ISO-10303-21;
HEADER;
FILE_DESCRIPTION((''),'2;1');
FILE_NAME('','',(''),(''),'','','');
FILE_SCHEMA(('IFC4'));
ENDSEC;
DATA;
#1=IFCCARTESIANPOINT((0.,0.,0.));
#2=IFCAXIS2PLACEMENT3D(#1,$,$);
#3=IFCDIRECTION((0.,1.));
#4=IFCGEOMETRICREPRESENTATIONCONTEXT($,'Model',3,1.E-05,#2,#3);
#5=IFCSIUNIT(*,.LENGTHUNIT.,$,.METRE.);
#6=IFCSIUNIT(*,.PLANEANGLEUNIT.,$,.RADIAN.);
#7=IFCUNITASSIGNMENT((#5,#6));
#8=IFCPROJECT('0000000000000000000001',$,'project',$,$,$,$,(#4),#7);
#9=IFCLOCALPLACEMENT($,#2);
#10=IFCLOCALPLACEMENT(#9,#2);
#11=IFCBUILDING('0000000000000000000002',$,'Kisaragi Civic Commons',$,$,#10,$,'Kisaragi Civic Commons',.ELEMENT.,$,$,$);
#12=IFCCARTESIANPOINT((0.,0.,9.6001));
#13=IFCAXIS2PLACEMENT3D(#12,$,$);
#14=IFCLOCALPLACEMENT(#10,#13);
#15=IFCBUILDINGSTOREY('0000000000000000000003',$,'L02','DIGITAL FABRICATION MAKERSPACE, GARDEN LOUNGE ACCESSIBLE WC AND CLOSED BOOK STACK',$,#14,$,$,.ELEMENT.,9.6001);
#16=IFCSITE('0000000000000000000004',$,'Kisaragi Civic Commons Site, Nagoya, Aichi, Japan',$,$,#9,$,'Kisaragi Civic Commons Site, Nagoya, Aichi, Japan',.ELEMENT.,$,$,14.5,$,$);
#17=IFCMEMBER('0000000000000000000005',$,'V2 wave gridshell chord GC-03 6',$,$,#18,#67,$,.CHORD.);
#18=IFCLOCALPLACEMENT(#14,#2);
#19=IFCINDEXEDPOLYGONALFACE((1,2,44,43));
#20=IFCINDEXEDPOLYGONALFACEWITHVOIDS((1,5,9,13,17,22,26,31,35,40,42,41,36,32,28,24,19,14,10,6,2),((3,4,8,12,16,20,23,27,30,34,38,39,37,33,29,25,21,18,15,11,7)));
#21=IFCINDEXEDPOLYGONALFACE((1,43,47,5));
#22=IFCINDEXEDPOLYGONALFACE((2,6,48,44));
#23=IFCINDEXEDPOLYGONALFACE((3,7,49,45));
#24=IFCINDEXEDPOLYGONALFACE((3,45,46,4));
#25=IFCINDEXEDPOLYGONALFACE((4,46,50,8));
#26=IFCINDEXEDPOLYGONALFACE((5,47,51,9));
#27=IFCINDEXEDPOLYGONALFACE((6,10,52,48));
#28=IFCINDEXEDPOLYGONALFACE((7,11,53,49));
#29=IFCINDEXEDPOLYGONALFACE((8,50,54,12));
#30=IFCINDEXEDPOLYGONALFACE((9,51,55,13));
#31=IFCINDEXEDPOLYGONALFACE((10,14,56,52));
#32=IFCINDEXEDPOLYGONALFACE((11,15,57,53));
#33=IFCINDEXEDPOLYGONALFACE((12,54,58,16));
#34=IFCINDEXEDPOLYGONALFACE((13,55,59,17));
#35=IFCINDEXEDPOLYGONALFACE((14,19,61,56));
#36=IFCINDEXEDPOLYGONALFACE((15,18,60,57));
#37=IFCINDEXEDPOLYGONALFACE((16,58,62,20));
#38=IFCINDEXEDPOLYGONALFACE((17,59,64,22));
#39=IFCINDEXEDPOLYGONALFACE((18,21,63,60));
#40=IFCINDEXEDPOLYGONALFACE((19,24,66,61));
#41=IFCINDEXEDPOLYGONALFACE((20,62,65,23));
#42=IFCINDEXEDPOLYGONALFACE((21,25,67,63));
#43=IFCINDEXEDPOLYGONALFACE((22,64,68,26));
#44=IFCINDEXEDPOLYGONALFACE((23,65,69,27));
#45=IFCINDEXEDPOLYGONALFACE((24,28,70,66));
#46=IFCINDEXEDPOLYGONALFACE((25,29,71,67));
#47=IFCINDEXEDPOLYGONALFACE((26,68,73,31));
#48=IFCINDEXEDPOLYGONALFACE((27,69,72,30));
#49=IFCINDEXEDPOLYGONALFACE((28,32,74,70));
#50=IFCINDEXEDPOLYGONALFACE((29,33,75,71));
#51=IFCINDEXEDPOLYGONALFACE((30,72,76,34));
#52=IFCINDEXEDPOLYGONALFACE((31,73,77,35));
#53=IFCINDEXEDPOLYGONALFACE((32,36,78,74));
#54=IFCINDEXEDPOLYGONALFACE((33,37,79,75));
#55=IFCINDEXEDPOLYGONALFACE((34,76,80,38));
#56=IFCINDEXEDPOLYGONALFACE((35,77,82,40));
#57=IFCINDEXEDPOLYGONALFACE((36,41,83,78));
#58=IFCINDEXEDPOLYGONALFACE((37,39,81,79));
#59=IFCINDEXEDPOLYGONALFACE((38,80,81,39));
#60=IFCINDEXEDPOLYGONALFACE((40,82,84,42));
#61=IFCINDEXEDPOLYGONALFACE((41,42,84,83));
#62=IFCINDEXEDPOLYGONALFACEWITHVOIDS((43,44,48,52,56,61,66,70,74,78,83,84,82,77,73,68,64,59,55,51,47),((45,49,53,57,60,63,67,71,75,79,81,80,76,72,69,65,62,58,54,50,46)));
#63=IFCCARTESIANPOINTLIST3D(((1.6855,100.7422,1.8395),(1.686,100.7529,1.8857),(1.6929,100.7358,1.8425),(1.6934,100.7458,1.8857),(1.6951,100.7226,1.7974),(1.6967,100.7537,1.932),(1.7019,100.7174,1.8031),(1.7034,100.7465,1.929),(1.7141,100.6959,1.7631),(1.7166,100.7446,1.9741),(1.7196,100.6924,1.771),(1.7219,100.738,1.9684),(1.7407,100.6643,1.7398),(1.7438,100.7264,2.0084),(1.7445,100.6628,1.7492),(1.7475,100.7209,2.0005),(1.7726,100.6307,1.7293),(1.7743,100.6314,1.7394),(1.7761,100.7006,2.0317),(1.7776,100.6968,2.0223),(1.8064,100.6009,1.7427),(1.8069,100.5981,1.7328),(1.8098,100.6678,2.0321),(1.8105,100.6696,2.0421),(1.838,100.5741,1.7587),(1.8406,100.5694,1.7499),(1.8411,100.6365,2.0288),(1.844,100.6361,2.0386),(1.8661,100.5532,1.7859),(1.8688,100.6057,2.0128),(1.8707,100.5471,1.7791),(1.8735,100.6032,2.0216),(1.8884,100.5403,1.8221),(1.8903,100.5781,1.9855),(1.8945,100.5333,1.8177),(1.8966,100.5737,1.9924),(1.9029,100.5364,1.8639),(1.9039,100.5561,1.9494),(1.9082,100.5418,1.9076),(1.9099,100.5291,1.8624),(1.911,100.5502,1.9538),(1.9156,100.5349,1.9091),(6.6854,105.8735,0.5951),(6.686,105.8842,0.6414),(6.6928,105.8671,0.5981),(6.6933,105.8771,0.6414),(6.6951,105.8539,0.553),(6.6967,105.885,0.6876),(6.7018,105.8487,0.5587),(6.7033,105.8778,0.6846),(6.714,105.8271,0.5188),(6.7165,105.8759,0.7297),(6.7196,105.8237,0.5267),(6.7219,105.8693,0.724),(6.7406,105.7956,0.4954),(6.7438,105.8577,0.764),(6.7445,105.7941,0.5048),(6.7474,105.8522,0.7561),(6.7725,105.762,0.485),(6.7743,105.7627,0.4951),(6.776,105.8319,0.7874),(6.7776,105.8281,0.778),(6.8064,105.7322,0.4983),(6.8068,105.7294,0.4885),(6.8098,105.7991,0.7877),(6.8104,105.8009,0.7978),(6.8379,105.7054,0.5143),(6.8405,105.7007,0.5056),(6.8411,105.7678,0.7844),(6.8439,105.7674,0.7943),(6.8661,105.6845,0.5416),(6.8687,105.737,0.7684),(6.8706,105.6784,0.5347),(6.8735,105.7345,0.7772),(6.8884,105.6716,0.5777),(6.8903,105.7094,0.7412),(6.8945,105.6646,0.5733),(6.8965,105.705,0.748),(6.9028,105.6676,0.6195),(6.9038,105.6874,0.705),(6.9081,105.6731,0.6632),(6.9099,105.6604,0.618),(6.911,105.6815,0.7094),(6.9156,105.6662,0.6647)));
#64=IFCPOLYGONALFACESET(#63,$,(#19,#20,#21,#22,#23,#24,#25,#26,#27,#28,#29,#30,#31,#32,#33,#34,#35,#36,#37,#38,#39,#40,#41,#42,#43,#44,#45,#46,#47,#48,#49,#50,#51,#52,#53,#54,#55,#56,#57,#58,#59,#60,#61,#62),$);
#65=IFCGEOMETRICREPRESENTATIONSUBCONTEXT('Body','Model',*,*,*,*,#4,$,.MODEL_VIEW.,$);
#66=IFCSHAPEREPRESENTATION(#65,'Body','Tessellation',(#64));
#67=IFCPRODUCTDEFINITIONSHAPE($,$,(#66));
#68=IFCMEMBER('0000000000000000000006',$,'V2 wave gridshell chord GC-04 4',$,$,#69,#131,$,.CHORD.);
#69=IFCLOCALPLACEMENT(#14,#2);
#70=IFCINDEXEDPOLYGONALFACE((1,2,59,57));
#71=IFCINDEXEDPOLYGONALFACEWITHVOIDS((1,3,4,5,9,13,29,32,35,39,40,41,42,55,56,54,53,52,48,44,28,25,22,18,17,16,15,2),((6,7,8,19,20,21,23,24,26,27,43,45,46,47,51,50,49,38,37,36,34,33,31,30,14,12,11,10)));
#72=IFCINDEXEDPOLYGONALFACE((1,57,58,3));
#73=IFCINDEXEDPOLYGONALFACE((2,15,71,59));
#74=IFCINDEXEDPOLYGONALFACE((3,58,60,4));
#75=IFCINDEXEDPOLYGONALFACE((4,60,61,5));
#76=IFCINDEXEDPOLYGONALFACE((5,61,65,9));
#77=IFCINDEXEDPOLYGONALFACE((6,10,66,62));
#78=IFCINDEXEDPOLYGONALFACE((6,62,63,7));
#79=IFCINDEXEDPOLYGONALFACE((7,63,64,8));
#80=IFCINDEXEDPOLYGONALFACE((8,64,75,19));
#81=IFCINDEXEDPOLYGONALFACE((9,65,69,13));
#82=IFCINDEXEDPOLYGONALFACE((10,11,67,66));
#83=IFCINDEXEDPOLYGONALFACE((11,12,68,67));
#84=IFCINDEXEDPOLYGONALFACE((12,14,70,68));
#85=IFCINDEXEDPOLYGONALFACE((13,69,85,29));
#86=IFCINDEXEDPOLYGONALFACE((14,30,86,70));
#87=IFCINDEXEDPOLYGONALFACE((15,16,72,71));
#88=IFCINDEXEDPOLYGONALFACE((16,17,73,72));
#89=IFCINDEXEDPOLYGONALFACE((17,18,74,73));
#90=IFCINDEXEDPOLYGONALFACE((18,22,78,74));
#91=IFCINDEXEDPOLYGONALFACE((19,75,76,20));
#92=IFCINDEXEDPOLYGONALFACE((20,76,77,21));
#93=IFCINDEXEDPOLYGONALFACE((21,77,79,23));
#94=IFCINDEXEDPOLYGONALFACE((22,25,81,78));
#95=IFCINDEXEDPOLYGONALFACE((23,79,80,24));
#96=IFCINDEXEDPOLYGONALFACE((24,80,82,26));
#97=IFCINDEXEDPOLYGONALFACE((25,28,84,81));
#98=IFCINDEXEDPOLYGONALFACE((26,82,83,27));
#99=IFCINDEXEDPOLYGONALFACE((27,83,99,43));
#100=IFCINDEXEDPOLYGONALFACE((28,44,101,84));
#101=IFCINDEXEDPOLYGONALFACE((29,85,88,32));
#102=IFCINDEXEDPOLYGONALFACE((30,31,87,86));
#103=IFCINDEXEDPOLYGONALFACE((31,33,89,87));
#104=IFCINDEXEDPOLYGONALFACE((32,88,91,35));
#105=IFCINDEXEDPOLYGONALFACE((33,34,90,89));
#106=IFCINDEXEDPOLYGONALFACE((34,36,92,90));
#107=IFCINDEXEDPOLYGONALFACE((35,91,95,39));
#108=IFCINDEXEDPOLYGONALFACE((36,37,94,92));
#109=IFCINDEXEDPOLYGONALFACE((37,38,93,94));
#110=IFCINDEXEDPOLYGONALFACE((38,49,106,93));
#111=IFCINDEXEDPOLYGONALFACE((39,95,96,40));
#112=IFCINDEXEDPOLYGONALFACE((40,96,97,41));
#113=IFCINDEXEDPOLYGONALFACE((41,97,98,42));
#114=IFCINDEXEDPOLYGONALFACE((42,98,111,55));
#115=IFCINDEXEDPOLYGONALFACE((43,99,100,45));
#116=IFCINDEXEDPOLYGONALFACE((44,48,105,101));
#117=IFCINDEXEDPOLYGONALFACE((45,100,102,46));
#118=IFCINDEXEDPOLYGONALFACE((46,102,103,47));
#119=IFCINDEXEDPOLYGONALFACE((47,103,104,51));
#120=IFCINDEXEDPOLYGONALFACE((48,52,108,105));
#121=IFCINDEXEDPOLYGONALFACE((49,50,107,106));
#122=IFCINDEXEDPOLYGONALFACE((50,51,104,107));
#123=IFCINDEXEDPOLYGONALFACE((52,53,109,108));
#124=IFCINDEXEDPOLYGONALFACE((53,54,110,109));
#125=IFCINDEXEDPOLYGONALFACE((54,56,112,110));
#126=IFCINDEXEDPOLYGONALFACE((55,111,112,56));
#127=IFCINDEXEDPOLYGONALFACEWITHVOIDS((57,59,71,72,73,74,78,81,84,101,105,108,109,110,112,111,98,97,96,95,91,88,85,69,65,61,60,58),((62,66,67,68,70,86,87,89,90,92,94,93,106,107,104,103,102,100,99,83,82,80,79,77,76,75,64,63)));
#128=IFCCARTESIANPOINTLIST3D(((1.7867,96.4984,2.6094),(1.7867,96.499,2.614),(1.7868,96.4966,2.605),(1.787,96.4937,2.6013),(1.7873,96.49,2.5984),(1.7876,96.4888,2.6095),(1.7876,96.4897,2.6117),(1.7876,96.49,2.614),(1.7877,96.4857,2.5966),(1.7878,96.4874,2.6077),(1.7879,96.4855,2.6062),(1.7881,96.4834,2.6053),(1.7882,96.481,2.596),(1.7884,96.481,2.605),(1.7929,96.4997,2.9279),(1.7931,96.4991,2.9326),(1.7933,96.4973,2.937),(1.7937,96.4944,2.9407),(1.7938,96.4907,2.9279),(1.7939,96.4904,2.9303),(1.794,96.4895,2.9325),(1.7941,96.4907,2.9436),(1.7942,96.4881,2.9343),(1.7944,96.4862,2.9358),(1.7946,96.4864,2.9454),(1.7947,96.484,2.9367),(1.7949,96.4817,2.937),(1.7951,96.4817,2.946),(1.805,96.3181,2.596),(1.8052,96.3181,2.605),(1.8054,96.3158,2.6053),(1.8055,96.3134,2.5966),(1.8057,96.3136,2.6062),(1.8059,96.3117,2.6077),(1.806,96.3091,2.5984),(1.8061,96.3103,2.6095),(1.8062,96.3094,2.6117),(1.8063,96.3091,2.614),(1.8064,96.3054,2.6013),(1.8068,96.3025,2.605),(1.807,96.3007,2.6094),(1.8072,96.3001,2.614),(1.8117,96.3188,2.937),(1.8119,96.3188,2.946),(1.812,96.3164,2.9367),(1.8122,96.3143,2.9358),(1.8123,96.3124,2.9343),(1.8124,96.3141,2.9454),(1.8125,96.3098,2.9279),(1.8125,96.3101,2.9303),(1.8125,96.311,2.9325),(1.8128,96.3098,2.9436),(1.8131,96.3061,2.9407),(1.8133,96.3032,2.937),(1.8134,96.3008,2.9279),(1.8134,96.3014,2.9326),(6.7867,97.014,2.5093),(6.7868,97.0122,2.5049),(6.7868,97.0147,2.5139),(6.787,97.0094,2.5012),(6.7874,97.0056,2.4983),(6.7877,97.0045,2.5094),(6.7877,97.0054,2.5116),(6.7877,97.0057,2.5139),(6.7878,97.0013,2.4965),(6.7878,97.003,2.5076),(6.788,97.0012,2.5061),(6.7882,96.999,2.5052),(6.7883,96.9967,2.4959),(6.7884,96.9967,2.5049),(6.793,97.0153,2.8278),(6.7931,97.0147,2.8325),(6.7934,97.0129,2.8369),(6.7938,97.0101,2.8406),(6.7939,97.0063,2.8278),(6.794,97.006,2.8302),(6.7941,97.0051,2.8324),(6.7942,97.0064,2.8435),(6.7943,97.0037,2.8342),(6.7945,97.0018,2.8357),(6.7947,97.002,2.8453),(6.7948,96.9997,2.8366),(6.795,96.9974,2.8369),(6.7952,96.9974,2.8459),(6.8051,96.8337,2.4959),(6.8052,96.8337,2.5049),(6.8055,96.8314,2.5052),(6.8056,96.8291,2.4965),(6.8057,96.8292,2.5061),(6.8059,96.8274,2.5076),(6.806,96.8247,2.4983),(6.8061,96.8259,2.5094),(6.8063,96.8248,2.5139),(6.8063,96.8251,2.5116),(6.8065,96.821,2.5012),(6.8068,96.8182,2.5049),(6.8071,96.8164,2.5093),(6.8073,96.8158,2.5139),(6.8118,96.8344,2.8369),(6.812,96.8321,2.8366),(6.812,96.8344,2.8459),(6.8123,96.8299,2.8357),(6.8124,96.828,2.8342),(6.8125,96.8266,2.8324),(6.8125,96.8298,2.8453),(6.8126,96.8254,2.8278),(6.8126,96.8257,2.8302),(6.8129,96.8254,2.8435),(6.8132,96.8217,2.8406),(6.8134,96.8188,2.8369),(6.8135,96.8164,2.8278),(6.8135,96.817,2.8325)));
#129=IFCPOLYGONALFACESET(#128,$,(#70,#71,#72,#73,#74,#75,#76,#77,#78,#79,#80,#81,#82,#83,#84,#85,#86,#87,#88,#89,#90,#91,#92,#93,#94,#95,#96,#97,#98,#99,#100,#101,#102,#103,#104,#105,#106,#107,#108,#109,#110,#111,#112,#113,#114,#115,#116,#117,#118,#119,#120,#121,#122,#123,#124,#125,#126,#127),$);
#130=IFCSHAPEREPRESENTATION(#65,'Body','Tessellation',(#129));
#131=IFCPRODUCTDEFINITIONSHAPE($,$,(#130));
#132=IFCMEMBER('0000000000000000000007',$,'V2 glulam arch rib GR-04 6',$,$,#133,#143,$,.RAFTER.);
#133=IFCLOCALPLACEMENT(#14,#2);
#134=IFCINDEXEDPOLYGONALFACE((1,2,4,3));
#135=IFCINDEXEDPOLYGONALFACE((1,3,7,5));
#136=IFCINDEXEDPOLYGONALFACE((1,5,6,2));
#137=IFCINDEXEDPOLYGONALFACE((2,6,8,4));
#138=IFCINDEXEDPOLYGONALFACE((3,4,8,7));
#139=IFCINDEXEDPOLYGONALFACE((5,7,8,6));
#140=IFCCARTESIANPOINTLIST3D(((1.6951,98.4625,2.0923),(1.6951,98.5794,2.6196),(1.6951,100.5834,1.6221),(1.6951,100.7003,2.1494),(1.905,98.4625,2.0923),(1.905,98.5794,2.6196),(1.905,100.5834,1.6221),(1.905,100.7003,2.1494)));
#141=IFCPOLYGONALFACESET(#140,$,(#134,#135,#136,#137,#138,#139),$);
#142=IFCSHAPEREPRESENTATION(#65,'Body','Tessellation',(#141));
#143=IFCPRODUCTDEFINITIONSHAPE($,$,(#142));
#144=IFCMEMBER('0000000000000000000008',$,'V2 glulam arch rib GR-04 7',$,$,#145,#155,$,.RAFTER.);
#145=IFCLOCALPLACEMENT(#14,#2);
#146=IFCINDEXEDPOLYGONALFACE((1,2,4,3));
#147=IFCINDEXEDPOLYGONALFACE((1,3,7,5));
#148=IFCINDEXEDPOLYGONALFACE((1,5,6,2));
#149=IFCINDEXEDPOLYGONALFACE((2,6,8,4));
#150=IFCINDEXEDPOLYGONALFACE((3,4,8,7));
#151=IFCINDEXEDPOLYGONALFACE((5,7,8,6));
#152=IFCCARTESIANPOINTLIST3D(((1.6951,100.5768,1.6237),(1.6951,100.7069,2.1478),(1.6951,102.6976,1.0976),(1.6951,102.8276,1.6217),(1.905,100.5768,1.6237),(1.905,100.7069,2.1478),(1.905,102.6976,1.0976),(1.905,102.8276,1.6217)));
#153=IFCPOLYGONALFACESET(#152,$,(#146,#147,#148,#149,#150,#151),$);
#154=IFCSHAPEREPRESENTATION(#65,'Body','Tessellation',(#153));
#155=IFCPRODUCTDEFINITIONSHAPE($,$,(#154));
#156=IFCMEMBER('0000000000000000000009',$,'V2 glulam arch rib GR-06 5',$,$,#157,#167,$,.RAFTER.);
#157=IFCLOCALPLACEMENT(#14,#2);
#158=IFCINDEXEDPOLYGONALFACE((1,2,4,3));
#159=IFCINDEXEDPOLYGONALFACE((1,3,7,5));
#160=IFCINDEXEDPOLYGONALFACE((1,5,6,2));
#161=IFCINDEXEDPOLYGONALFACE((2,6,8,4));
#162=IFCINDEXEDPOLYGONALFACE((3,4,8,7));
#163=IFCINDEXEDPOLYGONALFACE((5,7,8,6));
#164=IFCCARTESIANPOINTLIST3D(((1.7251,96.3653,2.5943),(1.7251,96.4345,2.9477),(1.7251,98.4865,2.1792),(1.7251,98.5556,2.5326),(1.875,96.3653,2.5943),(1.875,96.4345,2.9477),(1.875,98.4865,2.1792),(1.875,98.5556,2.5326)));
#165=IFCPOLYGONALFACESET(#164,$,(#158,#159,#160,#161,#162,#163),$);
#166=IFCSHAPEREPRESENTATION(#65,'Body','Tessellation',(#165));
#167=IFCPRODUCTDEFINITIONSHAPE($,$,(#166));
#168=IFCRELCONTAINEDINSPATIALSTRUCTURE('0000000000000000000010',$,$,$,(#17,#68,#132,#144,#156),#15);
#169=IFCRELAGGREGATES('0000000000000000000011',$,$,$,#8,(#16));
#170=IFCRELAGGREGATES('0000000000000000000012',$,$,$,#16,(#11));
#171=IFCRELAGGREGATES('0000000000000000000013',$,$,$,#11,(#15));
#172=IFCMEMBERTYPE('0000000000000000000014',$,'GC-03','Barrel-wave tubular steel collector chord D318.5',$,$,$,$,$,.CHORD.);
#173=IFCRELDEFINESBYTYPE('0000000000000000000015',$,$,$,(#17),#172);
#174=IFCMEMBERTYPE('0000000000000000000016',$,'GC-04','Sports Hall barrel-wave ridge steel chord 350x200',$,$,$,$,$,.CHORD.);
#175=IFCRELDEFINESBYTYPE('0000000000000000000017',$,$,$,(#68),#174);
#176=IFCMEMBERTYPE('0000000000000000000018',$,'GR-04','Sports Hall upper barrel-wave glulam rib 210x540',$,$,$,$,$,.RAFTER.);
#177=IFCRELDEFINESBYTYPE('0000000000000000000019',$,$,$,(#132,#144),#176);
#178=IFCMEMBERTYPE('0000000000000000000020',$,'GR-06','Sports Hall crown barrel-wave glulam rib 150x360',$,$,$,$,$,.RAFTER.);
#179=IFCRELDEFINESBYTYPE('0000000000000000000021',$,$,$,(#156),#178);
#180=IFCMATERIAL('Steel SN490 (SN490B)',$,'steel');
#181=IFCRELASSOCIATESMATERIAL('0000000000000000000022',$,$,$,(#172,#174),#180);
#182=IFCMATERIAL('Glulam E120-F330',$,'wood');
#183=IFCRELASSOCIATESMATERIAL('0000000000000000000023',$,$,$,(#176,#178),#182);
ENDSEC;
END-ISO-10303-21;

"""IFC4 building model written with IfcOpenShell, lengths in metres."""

from ifc_helpers import new_model, si_unit, direction, frame, origin, origin_2d, place, context, subcontext, project, spatial, rectangle, hollow_rectangle, hollow_circle, extrude, material, material_profile, profile_set, type_object, element, save


model = new_model("IFC4")

# Units and contexts
model_context = context("Model", 3, precision=1e-05, world=origin(), true_north=direction((0.0, 1.0)))
body_context = subcontext(model_context, "Body", "Model", "MODEL_VIEW")
ifc_project = project(units=[si_unit("LENGTHUNIT", "METRE"), si_unit("PLANEANGLEUNIT", "RADIAN")], contexts=[model_context])

# Site, building, storey
site_placement = place(None, origin())
site = spatial("IfcSite", under=ifc_project, at=site_placement, Name="Kisaragi Civic Commons Site, Nagoya, Aichi, Japan", LongName="Kisaragi Civic Commons Site, Nagoya, Aichi, Japan", CompositionType="ELEMENT", RefElevation=14.5)
building_placement = place(site_placement, origin())
building = spatial("IfcBuilding", under=site, at=building_placement, Name="Kisaragi Civic Commons", LongName="Kisaragi Civic Commons", CompositionType="ELEMENT")
storey_placement = place(building_placement, frame((0.0, 0.0, 9.6001)))
storey = spatial("IfcBuildingStorey", under=building, at=storey_placement, Name="L02", Description="DIGITAL FABRICATION MAKERSPACE, GARDEN LOUNGE ACCESSIBLE WC AND CLOSED BOOK STACK", CompositionType="ELEMENT", Elevation=9.6001)

# Members
ifc_material_1 = material(Name="Steel SN490 (SN490B)", Category="steel")
ifc_material_profile_1 = material_profile(ifc_material_1, hollow_circle(Radius=0.1592, WallThickness=0.0103, at=origin_2d()), Name="CHS-318.5x10.3", Category="steel")
ifc_profile_set_1 = profile_set([ifc_material_profile_1], Name="Steel SN490 (SN490B)")
member_type_1 = type_object("IfcMemberType", Name="GC-03", Description="Barrel-wave tubular steel collector chord D318.5", PredefinedType="CHORD", material=ifc_profile_set_1)
member_1_placement = place(storey_placement, frame((1.8, 100.6418, 1.8857), z_axis=(0.687587, 0.705649, -0.171124), x_axis=(-0.716214, 0.697881, 0.0)))
element("IfcMember", 1, at=member_1_placement, inside=storey, type_object=member_type_1, Name="V2 wave gridshell chord GC-03 6", PredefinedType="CHORD", context=body_context, shape_type="SweptSolid", body=[
    extrude(hollow_circle(Radius=0.1592, WallThickness=0.0103, at=origin_2d()), origin(), (0.0, 0.0, 1.0), 7.2717),
])
ifc_material_profile_2 = material_profile(ifc_material_1, hollow_rectangle(XDim=0.2, YDim=0.3501, WallThickness=0.009, InnerFilletRadius=0.009, OuterFilletRadius=0.0181, at=origin_2d()), Name="STKR-350x200x9", Category="steel")
ifc_profile_set_2 = profile_set([ifc_material_profile_2], Name="Steel SN490 (SN490B)")
member_type_2 = type_object("IfcMemberType", Name="GC-04", Description="Sports Hall barrel-wave ridge steel chord 350x200", PredefinedType="CHORD", material=ifc_profile_set_2)
member_2_placement = place(storey_placement, frame((1.8, 96.3999, 2.771), z_axis=(0.994527, 0.102561, -0.01991), x_axis=(-0.102581, 0.994725, 0.0)))
element("IfcMember", 2, at=member_2_placement, inside=storey, type_object=member_type_2, Name="V2 wave gridshell chord GC-04 4", PredefinedType="CHORD", context=body_context, shape_type="SweptSolid", body=[
    extrude(hollow_rectangle(XDim=0.2, YDim=0.3501, WallThickness=0.009, InnerFilletRadius=0.009, OuterFilletRadius=0.0181, at=origin_2d()), origin(), (0.0, 0.0, 1.0), 5.0276),
])
ifc_material_2 = material(Name="Glulam E120-F330", Category="wood")
ifc_material_profile_3 = material_profile(ifc_material_2, rectangle(XDim=0.21, YDim=0.54, at=origin_2d()), Name="GL-210x540", Category="wood")
ifc_profile_set_3 = profile_set([ifc_material_profile_3], Name="Glulam E120-F330")
member_type_3 = type_object("IfcMemberType", Name="GR-04", Description="Sports Hall upper barrel-wave glulam rib 210x540", PredefinedType="RAFTER", material=ifc_profile_set_3)
member_3_placement = place(storey_placement, frame((1.8, 98.521, 2.356), z_axis=(0.0, 0.976293, -0.216454), x_axis=(-1.0, 0.0, 0.0)))
element("IfcMember", 3, at=member_3_placement, inside=storey, type_object=member_type_3, Name="V2 glulam arch rib GR-04 6", PredefinedType="RAFTER", context=body_context, shape_type="SweptSolid", body=[
    extrude(rectangle(XDim=0.21, YDim=0.54, at=origin_2d()), origin(), (0.0, 0.0, 1.0), 2.1724),
])
member_4_placement = place(storey_placement, frame((1.8, 100.6418, 1.8857), z_axis=(0.0, 0.970581, -0.240774), x_axis=(-1.0, 0.0, 0.0)))
element("IfcMember", 4, at=member_4_placement, inside=storey, type_object=member_type_3, Name="V2 glulam arch rib GR-04 7", PredefinedType="RAFTER", context=body_context, shape_type="SweptSolid", body=[
    extrude(rectangle(XDim=0.21, YDim=0.54, at=origin_2d()), origin(), (0.0, 0.0, 1.0), 2.1851),
])
ifc_material_profile_4 = material_profile(ifc_material_2, rectangle(XDim=0.1499, YDim=0.3601, at=origin_2d()), Name="GL-150x360", Category="wood")
ifc_profile_set_4 = profile_set([ifc_material_profile_4], Name="Glulam E120-F330")
member_type_4 = type_object("IfcMemberType", Name="GR-06", Description="Sports Hall crown barrel-wave glulam rib 150x360", PredefinedType="RAFTER", material=ifc_profile_set_4)
member_5_placement = place(storey_placement, frame((1.8, 96.3999, 2.771), z_axis=(0.0, 0.981389, -0.192031), x_axis=(-1.0, 0.0, 0.0)))
element("IfcMember", 5, at=member_5_placement, inside=storey, type_object=member_type_4, Name="V2 glulam arch rib GR-06 5", PredefinedType="RAFTER", context=body_context, shape_type="SweptSolid", body=[
    extrude(rectangle(XDim=0.1499, YDim=0.3601, at=origin_2d()), origin(), (0.0, 0.0, 1.0), 2.1614),
])

save(model, "model.ifc")
